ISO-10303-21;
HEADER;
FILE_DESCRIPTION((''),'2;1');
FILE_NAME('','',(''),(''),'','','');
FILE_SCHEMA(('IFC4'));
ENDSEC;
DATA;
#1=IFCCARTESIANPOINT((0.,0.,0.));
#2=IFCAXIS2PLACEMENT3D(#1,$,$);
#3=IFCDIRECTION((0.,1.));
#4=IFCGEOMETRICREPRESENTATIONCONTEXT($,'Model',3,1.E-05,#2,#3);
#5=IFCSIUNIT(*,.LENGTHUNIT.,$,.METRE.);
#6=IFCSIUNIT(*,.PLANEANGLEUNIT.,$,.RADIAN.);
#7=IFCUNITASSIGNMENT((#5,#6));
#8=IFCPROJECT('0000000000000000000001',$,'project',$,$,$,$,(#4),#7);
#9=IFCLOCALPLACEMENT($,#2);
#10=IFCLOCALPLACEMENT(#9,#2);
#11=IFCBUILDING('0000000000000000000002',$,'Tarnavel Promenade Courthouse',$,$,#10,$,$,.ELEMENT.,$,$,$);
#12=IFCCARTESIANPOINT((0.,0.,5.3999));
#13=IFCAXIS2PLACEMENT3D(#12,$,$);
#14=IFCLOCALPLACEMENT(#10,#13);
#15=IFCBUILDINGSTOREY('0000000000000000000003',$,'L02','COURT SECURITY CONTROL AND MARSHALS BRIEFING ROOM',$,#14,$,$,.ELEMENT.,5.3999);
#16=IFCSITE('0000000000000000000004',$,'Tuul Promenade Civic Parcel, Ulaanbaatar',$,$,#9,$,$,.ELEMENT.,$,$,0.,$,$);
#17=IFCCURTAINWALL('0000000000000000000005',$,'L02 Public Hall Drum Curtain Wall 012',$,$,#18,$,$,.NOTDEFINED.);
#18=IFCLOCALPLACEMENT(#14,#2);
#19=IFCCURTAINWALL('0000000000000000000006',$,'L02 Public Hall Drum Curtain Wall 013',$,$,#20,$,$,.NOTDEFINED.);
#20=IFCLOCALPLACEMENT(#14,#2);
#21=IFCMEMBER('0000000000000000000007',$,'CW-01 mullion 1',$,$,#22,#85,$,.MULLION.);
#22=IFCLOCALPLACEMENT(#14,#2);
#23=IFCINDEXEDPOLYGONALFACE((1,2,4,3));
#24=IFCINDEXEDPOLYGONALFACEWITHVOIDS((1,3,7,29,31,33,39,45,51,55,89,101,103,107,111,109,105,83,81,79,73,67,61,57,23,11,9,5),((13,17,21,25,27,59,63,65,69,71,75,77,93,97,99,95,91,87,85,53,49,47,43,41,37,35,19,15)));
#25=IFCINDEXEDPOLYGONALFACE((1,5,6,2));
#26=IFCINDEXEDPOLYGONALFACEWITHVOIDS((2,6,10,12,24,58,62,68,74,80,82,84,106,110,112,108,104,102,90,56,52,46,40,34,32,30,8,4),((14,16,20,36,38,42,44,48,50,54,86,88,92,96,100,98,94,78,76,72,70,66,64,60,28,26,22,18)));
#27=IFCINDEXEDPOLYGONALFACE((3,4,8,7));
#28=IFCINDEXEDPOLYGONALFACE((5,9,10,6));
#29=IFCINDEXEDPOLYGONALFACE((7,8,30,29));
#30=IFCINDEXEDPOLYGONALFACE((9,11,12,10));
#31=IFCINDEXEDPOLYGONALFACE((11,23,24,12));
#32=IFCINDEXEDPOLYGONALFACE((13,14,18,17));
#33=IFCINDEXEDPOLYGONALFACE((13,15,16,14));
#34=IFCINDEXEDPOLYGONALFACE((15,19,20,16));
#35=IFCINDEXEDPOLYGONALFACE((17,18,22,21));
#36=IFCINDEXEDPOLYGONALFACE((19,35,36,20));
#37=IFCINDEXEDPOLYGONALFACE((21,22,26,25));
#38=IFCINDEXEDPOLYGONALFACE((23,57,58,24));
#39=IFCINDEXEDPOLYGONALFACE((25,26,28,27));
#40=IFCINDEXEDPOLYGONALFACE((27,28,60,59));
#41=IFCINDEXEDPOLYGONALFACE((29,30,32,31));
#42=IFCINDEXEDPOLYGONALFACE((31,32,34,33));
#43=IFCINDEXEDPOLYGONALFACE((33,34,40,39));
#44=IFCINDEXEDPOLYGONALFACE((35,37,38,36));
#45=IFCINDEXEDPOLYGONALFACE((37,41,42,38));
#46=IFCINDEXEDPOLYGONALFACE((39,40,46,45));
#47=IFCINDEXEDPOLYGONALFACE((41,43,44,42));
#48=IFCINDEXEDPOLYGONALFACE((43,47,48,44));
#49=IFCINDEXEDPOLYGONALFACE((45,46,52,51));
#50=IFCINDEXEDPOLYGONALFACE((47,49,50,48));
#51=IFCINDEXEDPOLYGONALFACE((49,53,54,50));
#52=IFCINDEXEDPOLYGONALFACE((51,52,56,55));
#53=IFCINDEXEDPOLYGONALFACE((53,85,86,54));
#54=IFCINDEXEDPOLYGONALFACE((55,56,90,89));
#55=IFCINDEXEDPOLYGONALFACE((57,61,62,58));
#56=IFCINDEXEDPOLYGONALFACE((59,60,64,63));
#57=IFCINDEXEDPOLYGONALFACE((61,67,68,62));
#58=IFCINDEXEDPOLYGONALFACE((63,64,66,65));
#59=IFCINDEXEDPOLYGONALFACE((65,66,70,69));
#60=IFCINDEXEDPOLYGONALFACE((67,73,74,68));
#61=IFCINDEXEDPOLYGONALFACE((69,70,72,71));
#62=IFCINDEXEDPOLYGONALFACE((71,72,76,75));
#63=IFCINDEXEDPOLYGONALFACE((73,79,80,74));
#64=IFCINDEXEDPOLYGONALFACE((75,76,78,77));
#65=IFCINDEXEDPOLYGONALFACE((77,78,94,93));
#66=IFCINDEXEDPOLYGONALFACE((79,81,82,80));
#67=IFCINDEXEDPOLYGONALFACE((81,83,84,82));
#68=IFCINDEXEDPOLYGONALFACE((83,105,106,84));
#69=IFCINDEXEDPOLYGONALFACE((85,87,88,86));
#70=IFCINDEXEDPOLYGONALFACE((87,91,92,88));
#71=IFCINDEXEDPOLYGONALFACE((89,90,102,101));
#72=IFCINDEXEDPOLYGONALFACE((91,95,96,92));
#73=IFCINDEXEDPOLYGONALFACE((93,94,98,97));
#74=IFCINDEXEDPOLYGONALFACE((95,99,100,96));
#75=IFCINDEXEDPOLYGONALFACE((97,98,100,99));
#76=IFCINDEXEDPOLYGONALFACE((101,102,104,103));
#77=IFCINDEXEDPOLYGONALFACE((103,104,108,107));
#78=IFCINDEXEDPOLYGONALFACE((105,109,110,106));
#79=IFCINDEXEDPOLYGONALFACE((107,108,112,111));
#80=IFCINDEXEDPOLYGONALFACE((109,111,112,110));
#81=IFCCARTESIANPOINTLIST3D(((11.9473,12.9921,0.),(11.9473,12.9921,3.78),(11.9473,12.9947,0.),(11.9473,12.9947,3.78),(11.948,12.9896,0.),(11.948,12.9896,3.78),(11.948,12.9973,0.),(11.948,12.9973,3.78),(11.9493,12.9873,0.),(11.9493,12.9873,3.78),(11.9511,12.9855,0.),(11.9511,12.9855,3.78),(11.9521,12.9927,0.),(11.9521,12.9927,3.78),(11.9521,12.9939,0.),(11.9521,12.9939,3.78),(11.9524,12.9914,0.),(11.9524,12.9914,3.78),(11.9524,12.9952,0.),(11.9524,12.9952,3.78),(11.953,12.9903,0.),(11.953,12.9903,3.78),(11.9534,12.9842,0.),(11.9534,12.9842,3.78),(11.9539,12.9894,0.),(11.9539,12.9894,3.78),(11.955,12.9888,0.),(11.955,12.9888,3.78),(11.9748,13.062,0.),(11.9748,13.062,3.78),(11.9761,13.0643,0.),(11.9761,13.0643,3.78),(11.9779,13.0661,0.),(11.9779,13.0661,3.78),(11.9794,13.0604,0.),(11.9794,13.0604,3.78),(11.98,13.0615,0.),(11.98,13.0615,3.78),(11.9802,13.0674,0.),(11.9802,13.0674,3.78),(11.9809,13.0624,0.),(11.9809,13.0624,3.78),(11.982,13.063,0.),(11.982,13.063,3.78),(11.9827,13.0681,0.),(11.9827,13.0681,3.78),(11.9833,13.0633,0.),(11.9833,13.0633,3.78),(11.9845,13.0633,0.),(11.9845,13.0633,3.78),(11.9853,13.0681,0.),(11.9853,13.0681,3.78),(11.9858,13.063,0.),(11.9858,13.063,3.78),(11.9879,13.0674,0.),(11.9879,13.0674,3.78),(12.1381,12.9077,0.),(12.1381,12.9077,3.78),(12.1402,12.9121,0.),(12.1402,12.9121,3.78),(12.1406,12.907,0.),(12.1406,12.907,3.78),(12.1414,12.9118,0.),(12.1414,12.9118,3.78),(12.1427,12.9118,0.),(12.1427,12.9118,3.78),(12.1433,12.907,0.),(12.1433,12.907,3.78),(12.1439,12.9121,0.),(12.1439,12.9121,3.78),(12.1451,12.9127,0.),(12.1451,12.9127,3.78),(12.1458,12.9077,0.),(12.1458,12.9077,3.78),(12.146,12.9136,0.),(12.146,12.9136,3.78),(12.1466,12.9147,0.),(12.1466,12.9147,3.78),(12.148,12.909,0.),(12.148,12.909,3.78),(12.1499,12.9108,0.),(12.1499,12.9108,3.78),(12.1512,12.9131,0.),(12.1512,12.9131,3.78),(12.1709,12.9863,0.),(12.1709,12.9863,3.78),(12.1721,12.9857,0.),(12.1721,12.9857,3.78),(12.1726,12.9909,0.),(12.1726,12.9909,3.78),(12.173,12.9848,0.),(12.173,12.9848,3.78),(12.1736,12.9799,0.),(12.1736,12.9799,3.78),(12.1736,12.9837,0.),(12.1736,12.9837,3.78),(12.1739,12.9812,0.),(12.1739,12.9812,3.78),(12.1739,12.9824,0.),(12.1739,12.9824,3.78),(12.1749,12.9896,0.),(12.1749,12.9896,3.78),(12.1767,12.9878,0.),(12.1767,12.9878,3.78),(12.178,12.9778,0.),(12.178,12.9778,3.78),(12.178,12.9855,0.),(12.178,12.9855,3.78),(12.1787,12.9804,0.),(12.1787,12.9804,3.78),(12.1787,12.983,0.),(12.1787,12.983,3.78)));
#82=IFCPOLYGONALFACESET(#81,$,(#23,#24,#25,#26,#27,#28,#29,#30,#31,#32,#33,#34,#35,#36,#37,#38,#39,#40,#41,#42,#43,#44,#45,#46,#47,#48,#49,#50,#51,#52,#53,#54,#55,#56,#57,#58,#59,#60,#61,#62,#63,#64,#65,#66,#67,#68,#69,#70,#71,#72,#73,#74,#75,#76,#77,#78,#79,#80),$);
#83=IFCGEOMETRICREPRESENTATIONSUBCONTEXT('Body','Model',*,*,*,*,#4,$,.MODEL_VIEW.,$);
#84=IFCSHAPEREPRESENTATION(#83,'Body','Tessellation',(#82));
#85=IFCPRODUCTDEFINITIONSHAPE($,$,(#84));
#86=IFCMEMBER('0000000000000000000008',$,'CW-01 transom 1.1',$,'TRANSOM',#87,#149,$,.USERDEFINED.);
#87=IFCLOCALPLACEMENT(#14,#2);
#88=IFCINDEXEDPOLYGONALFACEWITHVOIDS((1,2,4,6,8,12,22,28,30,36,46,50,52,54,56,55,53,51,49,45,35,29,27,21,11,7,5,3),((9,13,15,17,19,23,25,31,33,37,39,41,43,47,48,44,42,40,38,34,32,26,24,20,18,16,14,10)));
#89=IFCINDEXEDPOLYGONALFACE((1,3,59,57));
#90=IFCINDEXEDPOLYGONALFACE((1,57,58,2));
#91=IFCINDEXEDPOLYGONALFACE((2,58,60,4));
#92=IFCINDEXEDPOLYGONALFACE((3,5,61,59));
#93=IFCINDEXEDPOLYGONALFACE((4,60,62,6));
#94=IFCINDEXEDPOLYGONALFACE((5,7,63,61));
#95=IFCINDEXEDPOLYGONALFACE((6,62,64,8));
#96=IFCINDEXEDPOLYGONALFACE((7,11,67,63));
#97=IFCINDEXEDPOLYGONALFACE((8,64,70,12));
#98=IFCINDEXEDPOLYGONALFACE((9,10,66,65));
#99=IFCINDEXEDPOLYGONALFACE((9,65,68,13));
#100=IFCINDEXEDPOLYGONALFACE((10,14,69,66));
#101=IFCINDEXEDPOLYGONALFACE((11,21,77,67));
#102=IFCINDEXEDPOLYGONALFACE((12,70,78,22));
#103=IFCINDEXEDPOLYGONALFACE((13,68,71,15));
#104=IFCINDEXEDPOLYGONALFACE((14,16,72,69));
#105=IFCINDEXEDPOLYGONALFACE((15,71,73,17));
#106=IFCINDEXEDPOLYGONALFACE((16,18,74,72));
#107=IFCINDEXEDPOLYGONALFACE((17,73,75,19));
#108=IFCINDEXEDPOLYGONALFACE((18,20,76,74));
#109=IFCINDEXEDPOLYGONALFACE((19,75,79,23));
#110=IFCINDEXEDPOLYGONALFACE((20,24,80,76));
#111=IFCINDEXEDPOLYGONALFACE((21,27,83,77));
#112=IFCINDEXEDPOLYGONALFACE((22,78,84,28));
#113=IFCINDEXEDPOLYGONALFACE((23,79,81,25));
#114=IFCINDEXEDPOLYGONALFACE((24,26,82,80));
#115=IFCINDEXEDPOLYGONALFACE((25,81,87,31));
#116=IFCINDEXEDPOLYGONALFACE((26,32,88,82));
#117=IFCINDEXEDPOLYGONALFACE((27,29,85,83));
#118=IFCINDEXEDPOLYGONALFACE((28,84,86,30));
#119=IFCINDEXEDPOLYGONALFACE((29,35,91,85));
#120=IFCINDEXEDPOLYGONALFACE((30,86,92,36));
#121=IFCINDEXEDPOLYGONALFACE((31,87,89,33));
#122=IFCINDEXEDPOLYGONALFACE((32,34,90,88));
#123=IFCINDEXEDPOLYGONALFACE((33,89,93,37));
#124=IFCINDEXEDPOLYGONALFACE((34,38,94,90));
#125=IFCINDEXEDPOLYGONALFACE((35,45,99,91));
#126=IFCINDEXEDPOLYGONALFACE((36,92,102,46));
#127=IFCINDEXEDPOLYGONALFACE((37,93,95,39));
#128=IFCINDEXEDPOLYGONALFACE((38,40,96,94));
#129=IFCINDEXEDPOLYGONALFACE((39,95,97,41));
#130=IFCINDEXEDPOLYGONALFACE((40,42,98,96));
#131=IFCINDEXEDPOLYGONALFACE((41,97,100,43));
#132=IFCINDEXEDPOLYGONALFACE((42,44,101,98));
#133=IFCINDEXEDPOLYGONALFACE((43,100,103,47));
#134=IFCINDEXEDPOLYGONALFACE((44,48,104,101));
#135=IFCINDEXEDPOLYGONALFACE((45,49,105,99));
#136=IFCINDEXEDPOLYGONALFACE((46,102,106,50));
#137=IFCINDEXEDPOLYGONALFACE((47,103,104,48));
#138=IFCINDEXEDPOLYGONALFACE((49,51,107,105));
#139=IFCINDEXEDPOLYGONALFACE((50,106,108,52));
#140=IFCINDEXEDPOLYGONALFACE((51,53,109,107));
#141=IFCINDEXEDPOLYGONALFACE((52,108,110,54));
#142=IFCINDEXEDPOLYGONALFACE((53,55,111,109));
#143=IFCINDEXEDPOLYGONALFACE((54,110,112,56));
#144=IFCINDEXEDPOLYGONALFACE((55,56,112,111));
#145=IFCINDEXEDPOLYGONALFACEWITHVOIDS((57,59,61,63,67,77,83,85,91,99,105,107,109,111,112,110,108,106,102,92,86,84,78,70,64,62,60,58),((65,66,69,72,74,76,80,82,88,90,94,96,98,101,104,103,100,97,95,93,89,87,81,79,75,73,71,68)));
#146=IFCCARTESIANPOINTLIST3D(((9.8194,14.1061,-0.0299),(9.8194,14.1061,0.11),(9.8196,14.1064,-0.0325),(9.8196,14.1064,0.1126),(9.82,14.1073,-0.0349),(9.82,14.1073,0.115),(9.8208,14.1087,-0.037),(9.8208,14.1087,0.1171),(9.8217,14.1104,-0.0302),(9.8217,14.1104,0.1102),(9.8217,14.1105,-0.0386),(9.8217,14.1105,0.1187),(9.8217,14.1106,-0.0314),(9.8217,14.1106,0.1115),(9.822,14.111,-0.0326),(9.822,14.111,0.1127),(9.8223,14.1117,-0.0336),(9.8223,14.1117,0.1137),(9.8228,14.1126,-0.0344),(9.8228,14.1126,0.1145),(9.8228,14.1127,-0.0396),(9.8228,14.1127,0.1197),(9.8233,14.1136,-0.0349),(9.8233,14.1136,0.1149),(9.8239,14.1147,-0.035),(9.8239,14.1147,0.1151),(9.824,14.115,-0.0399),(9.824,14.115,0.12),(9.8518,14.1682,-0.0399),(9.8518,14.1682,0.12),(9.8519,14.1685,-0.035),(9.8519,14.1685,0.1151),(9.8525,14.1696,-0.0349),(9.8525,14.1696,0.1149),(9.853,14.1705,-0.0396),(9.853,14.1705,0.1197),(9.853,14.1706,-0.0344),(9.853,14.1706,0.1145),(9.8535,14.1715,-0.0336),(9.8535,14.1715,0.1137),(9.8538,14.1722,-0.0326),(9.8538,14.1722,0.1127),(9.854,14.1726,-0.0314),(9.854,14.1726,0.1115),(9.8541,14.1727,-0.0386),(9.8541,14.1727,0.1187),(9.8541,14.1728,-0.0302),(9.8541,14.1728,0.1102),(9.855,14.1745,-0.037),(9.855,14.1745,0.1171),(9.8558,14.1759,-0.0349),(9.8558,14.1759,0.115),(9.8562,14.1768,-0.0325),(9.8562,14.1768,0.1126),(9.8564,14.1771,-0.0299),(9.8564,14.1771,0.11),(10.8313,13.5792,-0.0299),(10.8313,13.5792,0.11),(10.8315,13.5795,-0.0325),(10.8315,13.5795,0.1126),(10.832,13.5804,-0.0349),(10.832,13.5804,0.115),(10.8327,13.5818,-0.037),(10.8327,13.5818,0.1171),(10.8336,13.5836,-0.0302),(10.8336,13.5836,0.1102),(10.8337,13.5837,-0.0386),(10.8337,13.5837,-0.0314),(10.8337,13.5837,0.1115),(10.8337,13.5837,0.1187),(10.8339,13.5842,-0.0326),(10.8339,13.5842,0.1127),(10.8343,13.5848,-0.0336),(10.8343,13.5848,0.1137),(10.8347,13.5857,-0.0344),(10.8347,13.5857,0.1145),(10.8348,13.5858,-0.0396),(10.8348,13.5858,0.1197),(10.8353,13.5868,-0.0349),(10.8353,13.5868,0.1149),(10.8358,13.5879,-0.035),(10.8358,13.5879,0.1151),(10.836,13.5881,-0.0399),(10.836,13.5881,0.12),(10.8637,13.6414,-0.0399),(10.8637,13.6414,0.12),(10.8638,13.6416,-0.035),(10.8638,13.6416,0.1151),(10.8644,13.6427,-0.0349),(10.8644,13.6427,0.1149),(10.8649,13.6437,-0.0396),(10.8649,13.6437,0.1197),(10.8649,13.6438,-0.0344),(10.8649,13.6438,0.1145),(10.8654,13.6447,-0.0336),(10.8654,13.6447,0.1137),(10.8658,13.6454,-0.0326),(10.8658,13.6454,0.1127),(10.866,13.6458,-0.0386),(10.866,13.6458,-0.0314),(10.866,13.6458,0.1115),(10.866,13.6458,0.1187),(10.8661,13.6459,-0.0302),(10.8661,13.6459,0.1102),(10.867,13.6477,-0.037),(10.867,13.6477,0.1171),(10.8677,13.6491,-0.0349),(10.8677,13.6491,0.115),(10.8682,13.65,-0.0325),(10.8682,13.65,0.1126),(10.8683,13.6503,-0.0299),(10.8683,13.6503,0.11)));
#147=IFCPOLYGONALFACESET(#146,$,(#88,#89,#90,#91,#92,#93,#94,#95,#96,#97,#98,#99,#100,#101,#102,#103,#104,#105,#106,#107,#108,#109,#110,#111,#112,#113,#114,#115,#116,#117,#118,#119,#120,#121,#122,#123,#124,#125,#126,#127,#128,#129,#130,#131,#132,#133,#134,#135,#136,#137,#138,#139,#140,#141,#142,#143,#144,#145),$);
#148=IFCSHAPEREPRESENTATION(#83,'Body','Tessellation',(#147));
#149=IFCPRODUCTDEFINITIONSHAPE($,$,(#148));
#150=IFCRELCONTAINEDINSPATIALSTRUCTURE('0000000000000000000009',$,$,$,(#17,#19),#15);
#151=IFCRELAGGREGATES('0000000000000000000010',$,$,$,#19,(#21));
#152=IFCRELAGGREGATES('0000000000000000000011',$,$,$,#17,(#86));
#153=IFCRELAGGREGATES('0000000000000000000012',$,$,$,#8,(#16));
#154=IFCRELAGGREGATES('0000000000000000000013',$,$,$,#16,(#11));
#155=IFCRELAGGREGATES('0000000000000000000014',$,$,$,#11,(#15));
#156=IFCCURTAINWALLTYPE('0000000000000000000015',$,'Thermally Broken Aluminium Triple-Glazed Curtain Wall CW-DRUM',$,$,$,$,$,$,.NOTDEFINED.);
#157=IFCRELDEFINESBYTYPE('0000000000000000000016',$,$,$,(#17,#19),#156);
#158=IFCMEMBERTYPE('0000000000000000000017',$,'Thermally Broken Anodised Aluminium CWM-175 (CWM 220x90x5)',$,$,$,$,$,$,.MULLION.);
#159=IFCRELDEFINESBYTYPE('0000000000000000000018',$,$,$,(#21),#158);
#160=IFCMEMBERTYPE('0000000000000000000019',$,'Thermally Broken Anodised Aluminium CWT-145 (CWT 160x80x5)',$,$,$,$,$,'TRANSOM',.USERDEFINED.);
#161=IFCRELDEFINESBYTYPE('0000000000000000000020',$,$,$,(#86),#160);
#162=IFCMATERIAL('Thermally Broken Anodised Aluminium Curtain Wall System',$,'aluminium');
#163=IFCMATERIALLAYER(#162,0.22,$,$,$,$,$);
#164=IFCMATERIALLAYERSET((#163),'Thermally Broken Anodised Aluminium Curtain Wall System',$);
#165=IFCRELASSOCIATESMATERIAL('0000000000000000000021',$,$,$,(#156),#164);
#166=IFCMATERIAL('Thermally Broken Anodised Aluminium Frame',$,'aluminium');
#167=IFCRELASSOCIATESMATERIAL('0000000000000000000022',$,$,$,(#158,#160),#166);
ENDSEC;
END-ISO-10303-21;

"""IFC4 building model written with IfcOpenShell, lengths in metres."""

from ifc_helpers import new_model, si_unit, direction, frame, origin, origin_2d, place, context, subcontext, project, spatial, hollow_rectangle, extrude, material, layer, layer_set, material_profile, profile_set, type_object, element, aggregate, save


model = new_model("IFC4")

# Units and contexts
model_context = context("Model", 3, precision=1e-05, world=origin(), true_north=direction((0.0, 1.0)))
body_context = subcontext(model_context, "Body", "Model", "MODEL_VIEW")
ifc_project = project(units=[si_unit("LENGTHUNIT", "METRE"), si_unit("PLANEANGLEUNIT", "RADIAN")], contexts=[model_context])

# Site, building, storey
site_placement = place(None, origin())
site = spatial("IfcSite", under=ifc_project, at=site_placement, Name="Tuul Promenade Civic Parcel, Ulaanbaatar", CompositionType="ELEMENT", RefElevation=0.0)
building_placement = place(site_placement, origin())
building = spatial("IfcBuilding", under=site, at=building_placement, Name="Tarnavel Promenade Courthouse", CompositionType="ELEMENT")
storey_placement = place(building_placement, frame((0.0, 0.0, 5.3999)))
storey = spatial("IfcBuildingStorey", under=building, at=storey_placement, Name="L02", Description="COURT SECURITY CONTROL AND MARSHALS BRIEFING ROOM", CompositionType="ELEMENT", Elevation=5.3999)

# Curtain wall
ifc_material_1 = material(Name="Thermally Broken Anodised Aluminium Curtain Wall System", Category="aluminium")
ifc_layer_1 = layer(ifc_material_1, 0.22)
ifc_layer_set_1 = layer_set([ifc_layer_1], Name="Thermally Broken Anodised Aluminium Curtain Wall System")
curtain_wall_type = type_object("IfcCurtainWallType", Name="Thermally Broken Aluminium Triple-Glazed Curtain Wall CW-DRUM", PredefinedType="NOTDEFINED", material=ifc_layer_set_1)
curtain_wall_1_placement = place(storey_placement, origin())
curtain_wall_1 = element("IfcCurtainWall", 1, at=curtain_wall_1_placement, inside=storey, type_object=curtain_wall_type, Name="L02 Public Hall Drum Curtain Wall 012", PredefinedType="NOTDEFINED")
ifc_material_2 = material(Name="Thermally Broken Anodised Aluminium Frame", Category="aluminium")
ifc_material_profile_1 = material_profile(ifc_material_2, hollow_rectangle(XDim=0.0901, YDim=0.22, WallThickness=0.0049, InnerFilletRadius=0.0049, OuterFilletRadius=0.01, at=origin_2d()), Name="CWM 220x90x5")
ifc_profile_set_1 = profile_set([ifc_material_profile_1], Name="Thermally Broken Anodised Aluminium Frame")
member_type_1 = type_object("IfcMemberType", Name="Thermally Broken Anodised Aluminium CWM-175 (CWM 220x90x5)", PredefinedType="MULLION", material=ifc_profile_set_1)

# Curtain wall, member
curtain_wall_2_placement = place(storey_placement, origin())
curtain_wall_2 = element("IfcCurtainWall", 2, at=curtain_wall_2_placement, inside=storey, type_object=curtain_wall_type, Name="L02 Public Hall Drum Curtain Wall 013", PredefinedType="NOTDEFINED")
member_1_placement = place(storey_placement, frame((12.063, 12.9875, 0.0), z_axis=(0.0, 0.0, 1.0), x_axis=(0.382685, 0.923879, 0.0)))
member_1 = element("IfcMember", 3, at=member_1_placement, type_object=member_type_1, Name="CW-01 mullion 1", PredefinedType="MULLION", context=body_context, shape_type="SweptSolid", body=[
    extrude(hollow_rectangle(XDim=0.0901, YDim=0.22, WallThickness=0.0049, InnerFilletRadius=0.0049, OuterFilletRadius=0.01, at=origin_2d()), origin(), (0.0, 0.0, 1.0), 3.78),
])

# Member
ifc_material_profile_2 = material_profile(ifc_material_2, hollow_rectangle(XDim=0.0801, YDim=0.1599, WallThickness=0.0049, InnerFilletRadius=0.0049, OuterFilletRadius=0.01, at=origin_2d()), Name="CWT 160x80x5")
ifc_profile_set_2 = profile_set([ifc_material_profile_2], Name="Thermally Broken Anodised Aluminium Frame")
member_type_2 = type_object("IfcMemberType", Name="Thermally Broken Anodised Aluminium CWT-145 (CWT 160x80x5)", ElementType="TRANSOM", PredefinedType="USERDEFINED", material=ifc_profile_set_2)
member_2_placement = place(storey_placement, frame((9.8379, 14.1416, 0.04), z_axis=(0.886989, -0.461791, 0.0), x_axis=(0.461791, 0.886989, 0.0)))
member_2 = element("IfcMember", 4, at=member_2_placement, type_object=member_type_2, Name="CW-01 transom 1.1", ObjectType="TRANSOM", PredefinedType="USERDEFINED", context=body_context, shape_type="SweptSolid", body=[
    extrude(hollow_rectangle(XDim=0.0801, YDim=0.1599, WallThickness=0.0049, InnerFilletRadius=0.0049, OuterFilletRadius=0.01, at=origin_2d()), origin(), (0.0, 0.0, 1.0), 1.1409),
])
aggregate(curtain_wall_2, [member_1])

aggregate(curtain_wall_1, [member_2])

save(model, "model.ifc")
